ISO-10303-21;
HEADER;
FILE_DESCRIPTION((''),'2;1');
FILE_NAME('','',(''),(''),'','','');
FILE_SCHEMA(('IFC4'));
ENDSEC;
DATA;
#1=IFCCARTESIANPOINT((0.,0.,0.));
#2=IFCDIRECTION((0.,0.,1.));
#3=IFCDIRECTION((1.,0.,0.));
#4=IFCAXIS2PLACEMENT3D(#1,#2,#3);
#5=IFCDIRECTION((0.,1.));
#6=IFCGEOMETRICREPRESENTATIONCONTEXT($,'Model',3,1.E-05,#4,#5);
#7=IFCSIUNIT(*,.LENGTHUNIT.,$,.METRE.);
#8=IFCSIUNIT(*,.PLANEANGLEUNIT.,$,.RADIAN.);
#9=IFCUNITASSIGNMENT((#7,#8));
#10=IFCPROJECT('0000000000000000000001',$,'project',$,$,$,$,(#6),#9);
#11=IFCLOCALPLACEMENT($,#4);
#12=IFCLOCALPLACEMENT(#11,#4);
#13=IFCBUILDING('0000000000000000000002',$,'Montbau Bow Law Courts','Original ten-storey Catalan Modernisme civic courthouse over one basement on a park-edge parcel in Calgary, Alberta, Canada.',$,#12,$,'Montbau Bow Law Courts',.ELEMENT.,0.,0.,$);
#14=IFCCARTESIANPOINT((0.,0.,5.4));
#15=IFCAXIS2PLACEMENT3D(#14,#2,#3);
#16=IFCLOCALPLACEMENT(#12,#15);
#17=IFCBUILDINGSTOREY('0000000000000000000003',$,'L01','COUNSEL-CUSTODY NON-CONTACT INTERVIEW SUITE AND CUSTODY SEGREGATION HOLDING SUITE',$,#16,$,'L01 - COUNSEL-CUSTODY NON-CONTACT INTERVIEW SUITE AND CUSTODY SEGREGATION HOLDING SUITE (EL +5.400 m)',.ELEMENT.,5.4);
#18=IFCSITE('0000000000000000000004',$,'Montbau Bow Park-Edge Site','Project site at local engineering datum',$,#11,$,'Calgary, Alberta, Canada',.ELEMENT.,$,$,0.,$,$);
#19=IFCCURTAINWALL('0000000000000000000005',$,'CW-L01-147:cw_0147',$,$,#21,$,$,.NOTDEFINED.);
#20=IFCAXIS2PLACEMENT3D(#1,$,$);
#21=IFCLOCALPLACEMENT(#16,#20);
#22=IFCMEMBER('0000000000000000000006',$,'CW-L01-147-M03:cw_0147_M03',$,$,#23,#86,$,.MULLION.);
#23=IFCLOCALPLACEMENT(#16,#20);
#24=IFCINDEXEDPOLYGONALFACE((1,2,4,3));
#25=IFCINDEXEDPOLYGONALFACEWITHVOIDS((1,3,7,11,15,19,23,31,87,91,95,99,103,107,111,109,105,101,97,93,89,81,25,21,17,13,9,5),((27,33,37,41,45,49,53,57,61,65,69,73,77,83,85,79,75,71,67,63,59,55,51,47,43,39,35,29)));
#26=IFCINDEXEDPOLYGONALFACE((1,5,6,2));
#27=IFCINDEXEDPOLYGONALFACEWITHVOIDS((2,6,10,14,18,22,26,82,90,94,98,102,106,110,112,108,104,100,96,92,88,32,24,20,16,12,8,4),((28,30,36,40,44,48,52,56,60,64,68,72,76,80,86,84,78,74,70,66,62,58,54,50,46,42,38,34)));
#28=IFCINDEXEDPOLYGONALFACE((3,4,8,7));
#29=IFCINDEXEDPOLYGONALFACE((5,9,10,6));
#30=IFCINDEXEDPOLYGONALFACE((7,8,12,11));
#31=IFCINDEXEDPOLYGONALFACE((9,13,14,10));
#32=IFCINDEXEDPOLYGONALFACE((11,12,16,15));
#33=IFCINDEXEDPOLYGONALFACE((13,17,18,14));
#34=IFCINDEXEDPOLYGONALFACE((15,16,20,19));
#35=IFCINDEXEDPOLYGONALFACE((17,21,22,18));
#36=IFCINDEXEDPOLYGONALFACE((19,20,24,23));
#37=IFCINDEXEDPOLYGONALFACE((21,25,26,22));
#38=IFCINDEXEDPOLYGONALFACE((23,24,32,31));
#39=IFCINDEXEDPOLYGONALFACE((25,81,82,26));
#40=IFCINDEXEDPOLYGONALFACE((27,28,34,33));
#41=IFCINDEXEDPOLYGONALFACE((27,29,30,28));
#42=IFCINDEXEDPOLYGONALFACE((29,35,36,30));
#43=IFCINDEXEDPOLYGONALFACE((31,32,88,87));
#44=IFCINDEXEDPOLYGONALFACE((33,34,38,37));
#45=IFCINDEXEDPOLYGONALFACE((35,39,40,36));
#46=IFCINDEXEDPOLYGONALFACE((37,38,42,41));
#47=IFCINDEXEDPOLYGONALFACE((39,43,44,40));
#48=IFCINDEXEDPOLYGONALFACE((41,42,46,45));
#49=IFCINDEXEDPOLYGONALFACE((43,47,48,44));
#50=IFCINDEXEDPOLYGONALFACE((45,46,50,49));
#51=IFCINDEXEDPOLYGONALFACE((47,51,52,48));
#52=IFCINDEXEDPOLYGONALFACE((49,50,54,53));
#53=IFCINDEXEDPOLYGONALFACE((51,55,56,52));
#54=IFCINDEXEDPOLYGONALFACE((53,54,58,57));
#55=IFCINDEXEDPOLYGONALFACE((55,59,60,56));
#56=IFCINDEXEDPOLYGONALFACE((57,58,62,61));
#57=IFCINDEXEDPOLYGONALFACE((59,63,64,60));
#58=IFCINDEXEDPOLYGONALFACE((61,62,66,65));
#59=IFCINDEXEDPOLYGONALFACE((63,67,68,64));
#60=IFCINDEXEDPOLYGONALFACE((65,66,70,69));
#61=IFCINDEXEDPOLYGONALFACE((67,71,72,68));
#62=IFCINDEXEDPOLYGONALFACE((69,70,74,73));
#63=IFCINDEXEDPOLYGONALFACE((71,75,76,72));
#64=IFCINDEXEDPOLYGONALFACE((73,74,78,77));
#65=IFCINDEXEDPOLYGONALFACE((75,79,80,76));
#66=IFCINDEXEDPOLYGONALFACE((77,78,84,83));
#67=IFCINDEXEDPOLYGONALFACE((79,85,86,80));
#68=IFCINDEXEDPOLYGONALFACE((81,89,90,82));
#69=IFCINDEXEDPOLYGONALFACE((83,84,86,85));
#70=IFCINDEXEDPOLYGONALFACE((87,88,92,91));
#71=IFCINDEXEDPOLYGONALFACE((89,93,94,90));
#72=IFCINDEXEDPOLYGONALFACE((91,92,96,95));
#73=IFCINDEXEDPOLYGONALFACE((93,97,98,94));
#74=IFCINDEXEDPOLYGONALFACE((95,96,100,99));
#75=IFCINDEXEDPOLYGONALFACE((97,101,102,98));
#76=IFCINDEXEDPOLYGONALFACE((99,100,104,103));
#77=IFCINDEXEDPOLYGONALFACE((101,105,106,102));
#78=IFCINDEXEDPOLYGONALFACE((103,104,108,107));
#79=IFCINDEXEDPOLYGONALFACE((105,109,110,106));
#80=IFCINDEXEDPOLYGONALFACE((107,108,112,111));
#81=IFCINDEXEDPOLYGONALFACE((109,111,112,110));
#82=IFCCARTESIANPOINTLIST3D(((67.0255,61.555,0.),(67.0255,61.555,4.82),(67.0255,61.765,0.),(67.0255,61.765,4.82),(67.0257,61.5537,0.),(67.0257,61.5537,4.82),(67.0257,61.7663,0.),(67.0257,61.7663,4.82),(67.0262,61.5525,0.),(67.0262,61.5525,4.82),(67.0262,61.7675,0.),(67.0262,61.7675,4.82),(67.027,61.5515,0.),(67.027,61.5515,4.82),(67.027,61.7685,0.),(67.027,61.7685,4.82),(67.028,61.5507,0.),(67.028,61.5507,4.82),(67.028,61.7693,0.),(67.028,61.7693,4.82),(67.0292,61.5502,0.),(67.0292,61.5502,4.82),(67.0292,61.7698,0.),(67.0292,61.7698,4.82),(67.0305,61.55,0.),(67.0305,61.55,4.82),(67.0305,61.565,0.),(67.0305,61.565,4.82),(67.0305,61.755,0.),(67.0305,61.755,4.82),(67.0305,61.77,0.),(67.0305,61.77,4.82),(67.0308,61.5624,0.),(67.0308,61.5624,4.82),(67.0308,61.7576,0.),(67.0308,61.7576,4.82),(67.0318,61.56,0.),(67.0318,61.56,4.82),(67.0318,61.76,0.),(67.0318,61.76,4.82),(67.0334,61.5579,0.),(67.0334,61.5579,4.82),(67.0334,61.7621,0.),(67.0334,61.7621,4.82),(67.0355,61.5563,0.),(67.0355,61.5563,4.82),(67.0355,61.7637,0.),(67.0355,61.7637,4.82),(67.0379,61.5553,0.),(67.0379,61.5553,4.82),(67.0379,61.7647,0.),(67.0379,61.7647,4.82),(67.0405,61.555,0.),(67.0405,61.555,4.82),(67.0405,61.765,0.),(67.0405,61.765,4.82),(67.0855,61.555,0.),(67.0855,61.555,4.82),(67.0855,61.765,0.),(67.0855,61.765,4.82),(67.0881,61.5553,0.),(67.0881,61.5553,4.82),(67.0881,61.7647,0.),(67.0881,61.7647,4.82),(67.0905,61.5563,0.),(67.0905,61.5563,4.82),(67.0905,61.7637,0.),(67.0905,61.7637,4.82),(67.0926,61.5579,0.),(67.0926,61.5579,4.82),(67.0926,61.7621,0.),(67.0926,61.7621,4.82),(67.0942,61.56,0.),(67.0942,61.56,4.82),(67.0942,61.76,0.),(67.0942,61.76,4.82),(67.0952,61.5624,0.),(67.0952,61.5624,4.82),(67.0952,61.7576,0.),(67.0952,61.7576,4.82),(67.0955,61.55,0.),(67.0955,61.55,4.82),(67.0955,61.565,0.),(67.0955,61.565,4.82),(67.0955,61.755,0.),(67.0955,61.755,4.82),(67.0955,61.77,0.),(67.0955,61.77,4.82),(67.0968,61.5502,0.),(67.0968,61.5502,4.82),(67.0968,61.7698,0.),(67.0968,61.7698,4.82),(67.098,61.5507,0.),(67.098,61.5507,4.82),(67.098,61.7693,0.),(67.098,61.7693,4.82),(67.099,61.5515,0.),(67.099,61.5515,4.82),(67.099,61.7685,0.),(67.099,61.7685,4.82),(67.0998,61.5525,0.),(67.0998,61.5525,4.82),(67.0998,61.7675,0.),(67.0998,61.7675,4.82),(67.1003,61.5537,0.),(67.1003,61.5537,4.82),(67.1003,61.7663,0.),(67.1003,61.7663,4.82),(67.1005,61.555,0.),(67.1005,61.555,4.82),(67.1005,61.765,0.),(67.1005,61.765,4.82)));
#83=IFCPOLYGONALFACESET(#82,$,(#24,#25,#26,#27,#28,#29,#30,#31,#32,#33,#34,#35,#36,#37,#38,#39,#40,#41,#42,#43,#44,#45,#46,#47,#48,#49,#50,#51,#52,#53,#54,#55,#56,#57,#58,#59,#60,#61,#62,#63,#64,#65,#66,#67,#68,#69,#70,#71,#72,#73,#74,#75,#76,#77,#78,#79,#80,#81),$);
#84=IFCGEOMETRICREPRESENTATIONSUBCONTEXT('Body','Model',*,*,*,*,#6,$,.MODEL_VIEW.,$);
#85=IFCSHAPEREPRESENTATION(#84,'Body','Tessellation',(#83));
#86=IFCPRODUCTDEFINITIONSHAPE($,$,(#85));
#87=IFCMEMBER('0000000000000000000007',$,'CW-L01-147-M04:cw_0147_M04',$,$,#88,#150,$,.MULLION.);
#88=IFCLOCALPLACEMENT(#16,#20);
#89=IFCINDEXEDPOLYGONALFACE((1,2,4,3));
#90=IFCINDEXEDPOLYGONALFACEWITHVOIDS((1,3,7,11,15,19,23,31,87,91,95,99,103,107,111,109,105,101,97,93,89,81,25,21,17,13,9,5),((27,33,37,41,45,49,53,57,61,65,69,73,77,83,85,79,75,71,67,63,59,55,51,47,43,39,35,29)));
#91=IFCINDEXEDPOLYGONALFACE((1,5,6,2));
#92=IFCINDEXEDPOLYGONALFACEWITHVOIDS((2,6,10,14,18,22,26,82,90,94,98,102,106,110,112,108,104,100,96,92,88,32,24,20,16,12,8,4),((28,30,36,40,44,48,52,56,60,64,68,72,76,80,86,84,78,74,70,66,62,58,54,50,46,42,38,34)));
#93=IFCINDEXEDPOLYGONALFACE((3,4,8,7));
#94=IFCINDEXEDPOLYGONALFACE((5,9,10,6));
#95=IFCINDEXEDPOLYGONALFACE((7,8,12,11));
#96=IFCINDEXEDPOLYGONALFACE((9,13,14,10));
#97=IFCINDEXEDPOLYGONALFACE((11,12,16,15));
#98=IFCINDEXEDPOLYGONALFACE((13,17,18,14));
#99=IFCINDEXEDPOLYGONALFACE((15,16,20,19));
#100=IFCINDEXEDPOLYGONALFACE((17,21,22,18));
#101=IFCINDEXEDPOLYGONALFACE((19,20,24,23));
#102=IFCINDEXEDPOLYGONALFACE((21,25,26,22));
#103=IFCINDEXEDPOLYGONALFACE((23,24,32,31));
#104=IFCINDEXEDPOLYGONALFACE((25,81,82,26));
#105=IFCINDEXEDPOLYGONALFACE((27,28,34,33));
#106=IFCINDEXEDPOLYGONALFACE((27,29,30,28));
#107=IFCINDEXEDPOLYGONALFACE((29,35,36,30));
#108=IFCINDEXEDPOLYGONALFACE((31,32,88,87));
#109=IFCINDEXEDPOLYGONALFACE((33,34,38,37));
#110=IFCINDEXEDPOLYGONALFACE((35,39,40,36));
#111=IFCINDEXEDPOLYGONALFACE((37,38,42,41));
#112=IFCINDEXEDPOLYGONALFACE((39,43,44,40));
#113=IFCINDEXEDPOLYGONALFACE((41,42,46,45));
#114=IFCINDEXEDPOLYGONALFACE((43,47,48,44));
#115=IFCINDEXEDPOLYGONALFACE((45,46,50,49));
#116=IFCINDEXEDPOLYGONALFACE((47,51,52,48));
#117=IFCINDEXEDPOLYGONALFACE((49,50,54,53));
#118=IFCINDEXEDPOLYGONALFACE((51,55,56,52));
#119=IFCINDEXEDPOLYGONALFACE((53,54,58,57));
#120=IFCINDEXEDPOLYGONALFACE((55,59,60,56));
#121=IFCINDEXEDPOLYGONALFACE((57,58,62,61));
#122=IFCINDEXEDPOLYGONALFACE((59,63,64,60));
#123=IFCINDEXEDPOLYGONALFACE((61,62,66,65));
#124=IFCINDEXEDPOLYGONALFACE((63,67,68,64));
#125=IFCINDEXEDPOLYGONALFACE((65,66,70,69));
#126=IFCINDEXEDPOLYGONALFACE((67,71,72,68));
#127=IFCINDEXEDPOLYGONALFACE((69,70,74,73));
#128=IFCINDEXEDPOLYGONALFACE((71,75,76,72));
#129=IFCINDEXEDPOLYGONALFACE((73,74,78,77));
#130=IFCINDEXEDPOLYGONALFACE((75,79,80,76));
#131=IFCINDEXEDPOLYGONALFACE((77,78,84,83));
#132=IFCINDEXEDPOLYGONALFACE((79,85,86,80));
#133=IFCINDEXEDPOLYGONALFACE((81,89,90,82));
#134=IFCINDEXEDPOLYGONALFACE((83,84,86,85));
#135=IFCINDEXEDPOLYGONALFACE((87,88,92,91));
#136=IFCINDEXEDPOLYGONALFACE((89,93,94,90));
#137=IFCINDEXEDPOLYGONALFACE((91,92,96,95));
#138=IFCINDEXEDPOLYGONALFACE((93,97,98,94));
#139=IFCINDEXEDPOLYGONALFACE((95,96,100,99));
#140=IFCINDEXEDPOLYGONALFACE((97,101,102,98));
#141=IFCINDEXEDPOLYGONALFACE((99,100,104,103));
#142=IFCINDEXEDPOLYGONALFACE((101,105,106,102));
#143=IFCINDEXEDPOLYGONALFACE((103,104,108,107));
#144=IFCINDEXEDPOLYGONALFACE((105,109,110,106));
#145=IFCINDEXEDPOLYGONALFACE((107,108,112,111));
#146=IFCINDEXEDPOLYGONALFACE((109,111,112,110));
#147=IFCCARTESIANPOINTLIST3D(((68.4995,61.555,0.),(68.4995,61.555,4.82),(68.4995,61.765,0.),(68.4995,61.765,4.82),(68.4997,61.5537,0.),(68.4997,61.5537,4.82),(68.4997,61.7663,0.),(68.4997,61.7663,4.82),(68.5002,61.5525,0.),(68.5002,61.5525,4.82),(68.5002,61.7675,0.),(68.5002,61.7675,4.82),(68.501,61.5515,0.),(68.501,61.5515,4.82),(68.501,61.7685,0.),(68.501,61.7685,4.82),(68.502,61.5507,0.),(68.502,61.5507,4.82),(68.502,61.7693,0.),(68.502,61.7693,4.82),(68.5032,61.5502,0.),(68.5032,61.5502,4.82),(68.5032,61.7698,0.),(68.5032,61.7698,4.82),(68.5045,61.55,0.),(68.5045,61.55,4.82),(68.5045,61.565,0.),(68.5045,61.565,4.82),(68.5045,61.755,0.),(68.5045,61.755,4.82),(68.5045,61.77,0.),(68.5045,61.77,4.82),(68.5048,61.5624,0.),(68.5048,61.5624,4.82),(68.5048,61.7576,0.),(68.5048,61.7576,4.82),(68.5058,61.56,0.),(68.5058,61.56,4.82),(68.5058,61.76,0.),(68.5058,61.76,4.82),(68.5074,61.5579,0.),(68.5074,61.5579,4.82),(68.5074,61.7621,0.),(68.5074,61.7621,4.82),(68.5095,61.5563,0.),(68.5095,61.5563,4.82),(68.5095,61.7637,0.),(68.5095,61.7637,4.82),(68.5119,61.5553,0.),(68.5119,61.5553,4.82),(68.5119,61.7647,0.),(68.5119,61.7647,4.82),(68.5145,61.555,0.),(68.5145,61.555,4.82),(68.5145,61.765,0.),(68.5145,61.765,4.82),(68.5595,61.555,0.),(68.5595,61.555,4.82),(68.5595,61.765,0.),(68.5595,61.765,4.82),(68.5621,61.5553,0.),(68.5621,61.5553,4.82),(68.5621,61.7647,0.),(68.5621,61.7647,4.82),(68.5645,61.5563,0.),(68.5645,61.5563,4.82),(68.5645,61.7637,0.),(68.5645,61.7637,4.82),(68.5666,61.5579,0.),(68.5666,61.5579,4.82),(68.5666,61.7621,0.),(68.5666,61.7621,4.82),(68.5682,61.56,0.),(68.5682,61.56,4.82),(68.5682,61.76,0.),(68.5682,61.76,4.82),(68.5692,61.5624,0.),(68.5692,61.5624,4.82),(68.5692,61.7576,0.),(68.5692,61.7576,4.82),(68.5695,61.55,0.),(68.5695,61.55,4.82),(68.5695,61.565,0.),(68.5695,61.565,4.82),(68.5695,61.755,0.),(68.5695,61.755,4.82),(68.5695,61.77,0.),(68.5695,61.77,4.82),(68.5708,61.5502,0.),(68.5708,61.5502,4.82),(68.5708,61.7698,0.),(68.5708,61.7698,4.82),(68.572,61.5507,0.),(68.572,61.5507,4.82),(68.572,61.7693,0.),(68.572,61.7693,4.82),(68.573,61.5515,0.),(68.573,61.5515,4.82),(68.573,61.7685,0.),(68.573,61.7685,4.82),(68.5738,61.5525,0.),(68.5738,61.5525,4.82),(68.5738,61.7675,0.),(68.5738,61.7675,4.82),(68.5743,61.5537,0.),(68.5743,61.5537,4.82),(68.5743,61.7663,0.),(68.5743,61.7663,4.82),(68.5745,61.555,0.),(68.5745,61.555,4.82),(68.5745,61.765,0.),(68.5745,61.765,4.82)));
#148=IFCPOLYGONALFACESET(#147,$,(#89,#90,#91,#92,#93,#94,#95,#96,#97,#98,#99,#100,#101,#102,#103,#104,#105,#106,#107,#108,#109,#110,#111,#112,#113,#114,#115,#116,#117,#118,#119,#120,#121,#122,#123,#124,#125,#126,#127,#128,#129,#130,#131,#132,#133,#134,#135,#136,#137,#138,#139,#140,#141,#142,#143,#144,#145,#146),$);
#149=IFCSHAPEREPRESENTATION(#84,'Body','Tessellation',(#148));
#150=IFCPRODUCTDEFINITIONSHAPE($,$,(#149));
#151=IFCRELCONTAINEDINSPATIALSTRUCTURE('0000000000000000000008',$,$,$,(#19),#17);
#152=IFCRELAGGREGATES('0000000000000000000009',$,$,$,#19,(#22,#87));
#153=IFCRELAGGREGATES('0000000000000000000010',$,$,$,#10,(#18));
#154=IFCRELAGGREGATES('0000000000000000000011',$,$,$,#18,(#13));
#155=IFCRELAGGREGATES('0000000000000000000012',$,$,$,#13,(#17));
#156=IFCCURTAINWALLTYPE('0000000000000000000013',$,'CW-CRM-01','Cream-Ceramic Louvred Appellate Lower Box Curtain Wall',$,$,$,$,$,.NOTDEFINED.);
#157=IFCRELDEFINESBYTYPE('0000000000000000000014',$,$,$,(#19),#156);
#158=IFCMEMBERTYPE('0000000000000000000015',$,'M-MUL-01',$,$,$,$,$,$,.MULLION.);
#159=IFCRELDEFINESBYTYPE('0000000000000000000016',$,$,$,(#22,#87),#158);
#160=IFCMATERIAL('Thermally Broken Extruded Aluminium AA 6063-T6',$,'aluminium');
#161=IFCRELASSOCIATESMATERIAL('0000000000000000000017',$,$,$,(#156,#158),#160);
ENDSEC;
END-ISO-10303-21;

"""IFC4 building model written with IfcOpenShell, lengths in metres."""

from ifc_helpers import new_model, si_unit, direction, frame, origin_with_axes, origin_2d_with_axis, place, context, subcontext, project, spatial, hollow_rectangle, extrude, material, material_profile, profile_set, type_object, element, aggregate, save


model = new_model("IFC4")

# Units and contexts
model_context = context("Model", 3, precision=1e-05, world=origin_with_axes(), true_north=direction((0.0, 1.0)))
body_context = subcontext(model_context, "Body", "Model", "MODEL_VIEW")
ifc_project = project(units=[si_unit("LENGTHUNIT", "METRE"), si_unit("PLANEANGLEUNIT", "RADIAN")], contexts=[model_context])

# Site, building, storey
site_placement = place(None, origin_with_axes())
site = spatial("IfcSite", under=ifc_project, at=site_placement, Name="Montbau Bow Park-Edge Site", Description="Project site at local engineering datum", LongName="Calgary, Alberta, Canada", CompositionType="ELEMENT", RefElevation=0.0)
building_placement = place(site_placement, origin_with_axes())
building = spatial("IfcBuilding", under=site, at=building_placement, Name="Montbau Bow Law Courts", Description="Original ten-storey Catalan Modernisme civic courthouse over one basement on a park-edge parcel in Calgary, Alberta, Canada.", LongName="Montbau Bow Law Courts", CompositionType="ELEMENT", ElevationOfRefHeight=0.0, ElevationOfTerrain=0.0)
storey_placement = place(building_placement, frame((0.0, 0.0, 5.4), z_axis=(0.0, 0.0, 1.0), x_axis=(1.0, 0.0, 0.0)))
storey = spatial("IfcBuildingStorey", under=building, at=storey_placement, Name="L01", Description="COUNSEL-CUSTODY NON-CONTACT INTERVIEW SUITE AND CUSTODY SEGREGATION HOLDING SUITE", LongName="L01 - COUNSEL-CUSTODY NON-CONTACT INTERVIEW SUITE AND CUSTODY SEGREGATION HOLDING SUITE (EL +5.400 m)", CompositionType="ELEMENT", Elevation=5.4)

# Curtain wall, members
ifc_material_1 = material(Name="Thermally Broken Extruded Aluminium AA 6063-T6", Category="aluminium")
curtain_wall_type = type_object("IfcCurtainWallType", Name="CW-CRM-01", Description="Cream-Ceramic Louvred Appellate Lower Box Curtain Wall", PredefinedType="NOTDEFINED", material=ifc_material_1)
curtain_wall_1_placement = place(None, frame((64.115, 61.66, 5.4), z_axis=(0.0, 0.0, 1.0), x_axis=(1.0, 0.0, 0.0)))
curtain_wall_1 = element("IfcCurtainWall", 1, at=curtain_wall_1_placement, inside=storey, type_object=curtain_wall_type, Name="CW-L01-147:cw_0147", PredefinedType="NOTDEFINED")
ifc_material_profile_1 = material_profile(ifc_material_1, hollow_rectangle(XDim=0.075, YDim=0.22, WallThickness=0.005, InnerFilletRadius=0.01, OuterFilletRadius=0.005, at=origin_2d_with_axis()), Name="CWM-220X75", Category="Main", Priority=0)
ifc_profile_set_1 = profile_set([ifc_material_profile_1], Name="Thermally Broken Extruded Aluminium AA 6063-T6")
member_type_1 = type_object("IfcMemberType", Name="M-MUL-01", PredefinedType="MULLION", material=ifc_profile_set_1)
member_1_placement = place(None, frame((67.063, 61.66, 5.4), z_axis=(0.0, 0.0, 1.0), x_axis=(1.0, 0.0, 0.0)))
member_1 = element("IfcMember", 2, at=member_1_placement, type_object=member_type_1, Name="CW-L01-147-M03:cw_0147_M03", PredefinedType="MULLION", context=body_context, shape_type="SweptSolid", body=[
    extrude(hollow_rectangle(XDim=0.075, YDim=0.22, WallThickness=0.005, InnerFilletRadius=0.01, OuterFilletRadius=0.005, at=origin_2d_with_axis()), origin_with_axes(), (0.0, 0.0, 1.0), 4.82),
])
member_2_placement = place(None, frame((68.537, 61.66, 5.4), z_axis=(0.0, 0.0, 1.0), x_axis=(1.0, 0.0, 0.0)))
member_2 = element("IfcMember", 3, at=member_2_placement, type_object=member_type_1, Name="CW-L01-147-M04:cw_0147_M04", PredefinedType="MULLION", context=body_context, shape_type="SweptSolid", body=[
    extrude(hollow_rectangle(XDim=0.075, YDim=0.22, WallThickness=0.005, InnerFilletRadius=0.01, OuterFilletRadius=0.005, at=origin_2d_with_axis()), origin_with_axes(), (0.0, 0.0, 1.0), 4.82),
])

aggregate(curtain_wall_1, [member_1, member_2])

save(model, "model.ifc")
